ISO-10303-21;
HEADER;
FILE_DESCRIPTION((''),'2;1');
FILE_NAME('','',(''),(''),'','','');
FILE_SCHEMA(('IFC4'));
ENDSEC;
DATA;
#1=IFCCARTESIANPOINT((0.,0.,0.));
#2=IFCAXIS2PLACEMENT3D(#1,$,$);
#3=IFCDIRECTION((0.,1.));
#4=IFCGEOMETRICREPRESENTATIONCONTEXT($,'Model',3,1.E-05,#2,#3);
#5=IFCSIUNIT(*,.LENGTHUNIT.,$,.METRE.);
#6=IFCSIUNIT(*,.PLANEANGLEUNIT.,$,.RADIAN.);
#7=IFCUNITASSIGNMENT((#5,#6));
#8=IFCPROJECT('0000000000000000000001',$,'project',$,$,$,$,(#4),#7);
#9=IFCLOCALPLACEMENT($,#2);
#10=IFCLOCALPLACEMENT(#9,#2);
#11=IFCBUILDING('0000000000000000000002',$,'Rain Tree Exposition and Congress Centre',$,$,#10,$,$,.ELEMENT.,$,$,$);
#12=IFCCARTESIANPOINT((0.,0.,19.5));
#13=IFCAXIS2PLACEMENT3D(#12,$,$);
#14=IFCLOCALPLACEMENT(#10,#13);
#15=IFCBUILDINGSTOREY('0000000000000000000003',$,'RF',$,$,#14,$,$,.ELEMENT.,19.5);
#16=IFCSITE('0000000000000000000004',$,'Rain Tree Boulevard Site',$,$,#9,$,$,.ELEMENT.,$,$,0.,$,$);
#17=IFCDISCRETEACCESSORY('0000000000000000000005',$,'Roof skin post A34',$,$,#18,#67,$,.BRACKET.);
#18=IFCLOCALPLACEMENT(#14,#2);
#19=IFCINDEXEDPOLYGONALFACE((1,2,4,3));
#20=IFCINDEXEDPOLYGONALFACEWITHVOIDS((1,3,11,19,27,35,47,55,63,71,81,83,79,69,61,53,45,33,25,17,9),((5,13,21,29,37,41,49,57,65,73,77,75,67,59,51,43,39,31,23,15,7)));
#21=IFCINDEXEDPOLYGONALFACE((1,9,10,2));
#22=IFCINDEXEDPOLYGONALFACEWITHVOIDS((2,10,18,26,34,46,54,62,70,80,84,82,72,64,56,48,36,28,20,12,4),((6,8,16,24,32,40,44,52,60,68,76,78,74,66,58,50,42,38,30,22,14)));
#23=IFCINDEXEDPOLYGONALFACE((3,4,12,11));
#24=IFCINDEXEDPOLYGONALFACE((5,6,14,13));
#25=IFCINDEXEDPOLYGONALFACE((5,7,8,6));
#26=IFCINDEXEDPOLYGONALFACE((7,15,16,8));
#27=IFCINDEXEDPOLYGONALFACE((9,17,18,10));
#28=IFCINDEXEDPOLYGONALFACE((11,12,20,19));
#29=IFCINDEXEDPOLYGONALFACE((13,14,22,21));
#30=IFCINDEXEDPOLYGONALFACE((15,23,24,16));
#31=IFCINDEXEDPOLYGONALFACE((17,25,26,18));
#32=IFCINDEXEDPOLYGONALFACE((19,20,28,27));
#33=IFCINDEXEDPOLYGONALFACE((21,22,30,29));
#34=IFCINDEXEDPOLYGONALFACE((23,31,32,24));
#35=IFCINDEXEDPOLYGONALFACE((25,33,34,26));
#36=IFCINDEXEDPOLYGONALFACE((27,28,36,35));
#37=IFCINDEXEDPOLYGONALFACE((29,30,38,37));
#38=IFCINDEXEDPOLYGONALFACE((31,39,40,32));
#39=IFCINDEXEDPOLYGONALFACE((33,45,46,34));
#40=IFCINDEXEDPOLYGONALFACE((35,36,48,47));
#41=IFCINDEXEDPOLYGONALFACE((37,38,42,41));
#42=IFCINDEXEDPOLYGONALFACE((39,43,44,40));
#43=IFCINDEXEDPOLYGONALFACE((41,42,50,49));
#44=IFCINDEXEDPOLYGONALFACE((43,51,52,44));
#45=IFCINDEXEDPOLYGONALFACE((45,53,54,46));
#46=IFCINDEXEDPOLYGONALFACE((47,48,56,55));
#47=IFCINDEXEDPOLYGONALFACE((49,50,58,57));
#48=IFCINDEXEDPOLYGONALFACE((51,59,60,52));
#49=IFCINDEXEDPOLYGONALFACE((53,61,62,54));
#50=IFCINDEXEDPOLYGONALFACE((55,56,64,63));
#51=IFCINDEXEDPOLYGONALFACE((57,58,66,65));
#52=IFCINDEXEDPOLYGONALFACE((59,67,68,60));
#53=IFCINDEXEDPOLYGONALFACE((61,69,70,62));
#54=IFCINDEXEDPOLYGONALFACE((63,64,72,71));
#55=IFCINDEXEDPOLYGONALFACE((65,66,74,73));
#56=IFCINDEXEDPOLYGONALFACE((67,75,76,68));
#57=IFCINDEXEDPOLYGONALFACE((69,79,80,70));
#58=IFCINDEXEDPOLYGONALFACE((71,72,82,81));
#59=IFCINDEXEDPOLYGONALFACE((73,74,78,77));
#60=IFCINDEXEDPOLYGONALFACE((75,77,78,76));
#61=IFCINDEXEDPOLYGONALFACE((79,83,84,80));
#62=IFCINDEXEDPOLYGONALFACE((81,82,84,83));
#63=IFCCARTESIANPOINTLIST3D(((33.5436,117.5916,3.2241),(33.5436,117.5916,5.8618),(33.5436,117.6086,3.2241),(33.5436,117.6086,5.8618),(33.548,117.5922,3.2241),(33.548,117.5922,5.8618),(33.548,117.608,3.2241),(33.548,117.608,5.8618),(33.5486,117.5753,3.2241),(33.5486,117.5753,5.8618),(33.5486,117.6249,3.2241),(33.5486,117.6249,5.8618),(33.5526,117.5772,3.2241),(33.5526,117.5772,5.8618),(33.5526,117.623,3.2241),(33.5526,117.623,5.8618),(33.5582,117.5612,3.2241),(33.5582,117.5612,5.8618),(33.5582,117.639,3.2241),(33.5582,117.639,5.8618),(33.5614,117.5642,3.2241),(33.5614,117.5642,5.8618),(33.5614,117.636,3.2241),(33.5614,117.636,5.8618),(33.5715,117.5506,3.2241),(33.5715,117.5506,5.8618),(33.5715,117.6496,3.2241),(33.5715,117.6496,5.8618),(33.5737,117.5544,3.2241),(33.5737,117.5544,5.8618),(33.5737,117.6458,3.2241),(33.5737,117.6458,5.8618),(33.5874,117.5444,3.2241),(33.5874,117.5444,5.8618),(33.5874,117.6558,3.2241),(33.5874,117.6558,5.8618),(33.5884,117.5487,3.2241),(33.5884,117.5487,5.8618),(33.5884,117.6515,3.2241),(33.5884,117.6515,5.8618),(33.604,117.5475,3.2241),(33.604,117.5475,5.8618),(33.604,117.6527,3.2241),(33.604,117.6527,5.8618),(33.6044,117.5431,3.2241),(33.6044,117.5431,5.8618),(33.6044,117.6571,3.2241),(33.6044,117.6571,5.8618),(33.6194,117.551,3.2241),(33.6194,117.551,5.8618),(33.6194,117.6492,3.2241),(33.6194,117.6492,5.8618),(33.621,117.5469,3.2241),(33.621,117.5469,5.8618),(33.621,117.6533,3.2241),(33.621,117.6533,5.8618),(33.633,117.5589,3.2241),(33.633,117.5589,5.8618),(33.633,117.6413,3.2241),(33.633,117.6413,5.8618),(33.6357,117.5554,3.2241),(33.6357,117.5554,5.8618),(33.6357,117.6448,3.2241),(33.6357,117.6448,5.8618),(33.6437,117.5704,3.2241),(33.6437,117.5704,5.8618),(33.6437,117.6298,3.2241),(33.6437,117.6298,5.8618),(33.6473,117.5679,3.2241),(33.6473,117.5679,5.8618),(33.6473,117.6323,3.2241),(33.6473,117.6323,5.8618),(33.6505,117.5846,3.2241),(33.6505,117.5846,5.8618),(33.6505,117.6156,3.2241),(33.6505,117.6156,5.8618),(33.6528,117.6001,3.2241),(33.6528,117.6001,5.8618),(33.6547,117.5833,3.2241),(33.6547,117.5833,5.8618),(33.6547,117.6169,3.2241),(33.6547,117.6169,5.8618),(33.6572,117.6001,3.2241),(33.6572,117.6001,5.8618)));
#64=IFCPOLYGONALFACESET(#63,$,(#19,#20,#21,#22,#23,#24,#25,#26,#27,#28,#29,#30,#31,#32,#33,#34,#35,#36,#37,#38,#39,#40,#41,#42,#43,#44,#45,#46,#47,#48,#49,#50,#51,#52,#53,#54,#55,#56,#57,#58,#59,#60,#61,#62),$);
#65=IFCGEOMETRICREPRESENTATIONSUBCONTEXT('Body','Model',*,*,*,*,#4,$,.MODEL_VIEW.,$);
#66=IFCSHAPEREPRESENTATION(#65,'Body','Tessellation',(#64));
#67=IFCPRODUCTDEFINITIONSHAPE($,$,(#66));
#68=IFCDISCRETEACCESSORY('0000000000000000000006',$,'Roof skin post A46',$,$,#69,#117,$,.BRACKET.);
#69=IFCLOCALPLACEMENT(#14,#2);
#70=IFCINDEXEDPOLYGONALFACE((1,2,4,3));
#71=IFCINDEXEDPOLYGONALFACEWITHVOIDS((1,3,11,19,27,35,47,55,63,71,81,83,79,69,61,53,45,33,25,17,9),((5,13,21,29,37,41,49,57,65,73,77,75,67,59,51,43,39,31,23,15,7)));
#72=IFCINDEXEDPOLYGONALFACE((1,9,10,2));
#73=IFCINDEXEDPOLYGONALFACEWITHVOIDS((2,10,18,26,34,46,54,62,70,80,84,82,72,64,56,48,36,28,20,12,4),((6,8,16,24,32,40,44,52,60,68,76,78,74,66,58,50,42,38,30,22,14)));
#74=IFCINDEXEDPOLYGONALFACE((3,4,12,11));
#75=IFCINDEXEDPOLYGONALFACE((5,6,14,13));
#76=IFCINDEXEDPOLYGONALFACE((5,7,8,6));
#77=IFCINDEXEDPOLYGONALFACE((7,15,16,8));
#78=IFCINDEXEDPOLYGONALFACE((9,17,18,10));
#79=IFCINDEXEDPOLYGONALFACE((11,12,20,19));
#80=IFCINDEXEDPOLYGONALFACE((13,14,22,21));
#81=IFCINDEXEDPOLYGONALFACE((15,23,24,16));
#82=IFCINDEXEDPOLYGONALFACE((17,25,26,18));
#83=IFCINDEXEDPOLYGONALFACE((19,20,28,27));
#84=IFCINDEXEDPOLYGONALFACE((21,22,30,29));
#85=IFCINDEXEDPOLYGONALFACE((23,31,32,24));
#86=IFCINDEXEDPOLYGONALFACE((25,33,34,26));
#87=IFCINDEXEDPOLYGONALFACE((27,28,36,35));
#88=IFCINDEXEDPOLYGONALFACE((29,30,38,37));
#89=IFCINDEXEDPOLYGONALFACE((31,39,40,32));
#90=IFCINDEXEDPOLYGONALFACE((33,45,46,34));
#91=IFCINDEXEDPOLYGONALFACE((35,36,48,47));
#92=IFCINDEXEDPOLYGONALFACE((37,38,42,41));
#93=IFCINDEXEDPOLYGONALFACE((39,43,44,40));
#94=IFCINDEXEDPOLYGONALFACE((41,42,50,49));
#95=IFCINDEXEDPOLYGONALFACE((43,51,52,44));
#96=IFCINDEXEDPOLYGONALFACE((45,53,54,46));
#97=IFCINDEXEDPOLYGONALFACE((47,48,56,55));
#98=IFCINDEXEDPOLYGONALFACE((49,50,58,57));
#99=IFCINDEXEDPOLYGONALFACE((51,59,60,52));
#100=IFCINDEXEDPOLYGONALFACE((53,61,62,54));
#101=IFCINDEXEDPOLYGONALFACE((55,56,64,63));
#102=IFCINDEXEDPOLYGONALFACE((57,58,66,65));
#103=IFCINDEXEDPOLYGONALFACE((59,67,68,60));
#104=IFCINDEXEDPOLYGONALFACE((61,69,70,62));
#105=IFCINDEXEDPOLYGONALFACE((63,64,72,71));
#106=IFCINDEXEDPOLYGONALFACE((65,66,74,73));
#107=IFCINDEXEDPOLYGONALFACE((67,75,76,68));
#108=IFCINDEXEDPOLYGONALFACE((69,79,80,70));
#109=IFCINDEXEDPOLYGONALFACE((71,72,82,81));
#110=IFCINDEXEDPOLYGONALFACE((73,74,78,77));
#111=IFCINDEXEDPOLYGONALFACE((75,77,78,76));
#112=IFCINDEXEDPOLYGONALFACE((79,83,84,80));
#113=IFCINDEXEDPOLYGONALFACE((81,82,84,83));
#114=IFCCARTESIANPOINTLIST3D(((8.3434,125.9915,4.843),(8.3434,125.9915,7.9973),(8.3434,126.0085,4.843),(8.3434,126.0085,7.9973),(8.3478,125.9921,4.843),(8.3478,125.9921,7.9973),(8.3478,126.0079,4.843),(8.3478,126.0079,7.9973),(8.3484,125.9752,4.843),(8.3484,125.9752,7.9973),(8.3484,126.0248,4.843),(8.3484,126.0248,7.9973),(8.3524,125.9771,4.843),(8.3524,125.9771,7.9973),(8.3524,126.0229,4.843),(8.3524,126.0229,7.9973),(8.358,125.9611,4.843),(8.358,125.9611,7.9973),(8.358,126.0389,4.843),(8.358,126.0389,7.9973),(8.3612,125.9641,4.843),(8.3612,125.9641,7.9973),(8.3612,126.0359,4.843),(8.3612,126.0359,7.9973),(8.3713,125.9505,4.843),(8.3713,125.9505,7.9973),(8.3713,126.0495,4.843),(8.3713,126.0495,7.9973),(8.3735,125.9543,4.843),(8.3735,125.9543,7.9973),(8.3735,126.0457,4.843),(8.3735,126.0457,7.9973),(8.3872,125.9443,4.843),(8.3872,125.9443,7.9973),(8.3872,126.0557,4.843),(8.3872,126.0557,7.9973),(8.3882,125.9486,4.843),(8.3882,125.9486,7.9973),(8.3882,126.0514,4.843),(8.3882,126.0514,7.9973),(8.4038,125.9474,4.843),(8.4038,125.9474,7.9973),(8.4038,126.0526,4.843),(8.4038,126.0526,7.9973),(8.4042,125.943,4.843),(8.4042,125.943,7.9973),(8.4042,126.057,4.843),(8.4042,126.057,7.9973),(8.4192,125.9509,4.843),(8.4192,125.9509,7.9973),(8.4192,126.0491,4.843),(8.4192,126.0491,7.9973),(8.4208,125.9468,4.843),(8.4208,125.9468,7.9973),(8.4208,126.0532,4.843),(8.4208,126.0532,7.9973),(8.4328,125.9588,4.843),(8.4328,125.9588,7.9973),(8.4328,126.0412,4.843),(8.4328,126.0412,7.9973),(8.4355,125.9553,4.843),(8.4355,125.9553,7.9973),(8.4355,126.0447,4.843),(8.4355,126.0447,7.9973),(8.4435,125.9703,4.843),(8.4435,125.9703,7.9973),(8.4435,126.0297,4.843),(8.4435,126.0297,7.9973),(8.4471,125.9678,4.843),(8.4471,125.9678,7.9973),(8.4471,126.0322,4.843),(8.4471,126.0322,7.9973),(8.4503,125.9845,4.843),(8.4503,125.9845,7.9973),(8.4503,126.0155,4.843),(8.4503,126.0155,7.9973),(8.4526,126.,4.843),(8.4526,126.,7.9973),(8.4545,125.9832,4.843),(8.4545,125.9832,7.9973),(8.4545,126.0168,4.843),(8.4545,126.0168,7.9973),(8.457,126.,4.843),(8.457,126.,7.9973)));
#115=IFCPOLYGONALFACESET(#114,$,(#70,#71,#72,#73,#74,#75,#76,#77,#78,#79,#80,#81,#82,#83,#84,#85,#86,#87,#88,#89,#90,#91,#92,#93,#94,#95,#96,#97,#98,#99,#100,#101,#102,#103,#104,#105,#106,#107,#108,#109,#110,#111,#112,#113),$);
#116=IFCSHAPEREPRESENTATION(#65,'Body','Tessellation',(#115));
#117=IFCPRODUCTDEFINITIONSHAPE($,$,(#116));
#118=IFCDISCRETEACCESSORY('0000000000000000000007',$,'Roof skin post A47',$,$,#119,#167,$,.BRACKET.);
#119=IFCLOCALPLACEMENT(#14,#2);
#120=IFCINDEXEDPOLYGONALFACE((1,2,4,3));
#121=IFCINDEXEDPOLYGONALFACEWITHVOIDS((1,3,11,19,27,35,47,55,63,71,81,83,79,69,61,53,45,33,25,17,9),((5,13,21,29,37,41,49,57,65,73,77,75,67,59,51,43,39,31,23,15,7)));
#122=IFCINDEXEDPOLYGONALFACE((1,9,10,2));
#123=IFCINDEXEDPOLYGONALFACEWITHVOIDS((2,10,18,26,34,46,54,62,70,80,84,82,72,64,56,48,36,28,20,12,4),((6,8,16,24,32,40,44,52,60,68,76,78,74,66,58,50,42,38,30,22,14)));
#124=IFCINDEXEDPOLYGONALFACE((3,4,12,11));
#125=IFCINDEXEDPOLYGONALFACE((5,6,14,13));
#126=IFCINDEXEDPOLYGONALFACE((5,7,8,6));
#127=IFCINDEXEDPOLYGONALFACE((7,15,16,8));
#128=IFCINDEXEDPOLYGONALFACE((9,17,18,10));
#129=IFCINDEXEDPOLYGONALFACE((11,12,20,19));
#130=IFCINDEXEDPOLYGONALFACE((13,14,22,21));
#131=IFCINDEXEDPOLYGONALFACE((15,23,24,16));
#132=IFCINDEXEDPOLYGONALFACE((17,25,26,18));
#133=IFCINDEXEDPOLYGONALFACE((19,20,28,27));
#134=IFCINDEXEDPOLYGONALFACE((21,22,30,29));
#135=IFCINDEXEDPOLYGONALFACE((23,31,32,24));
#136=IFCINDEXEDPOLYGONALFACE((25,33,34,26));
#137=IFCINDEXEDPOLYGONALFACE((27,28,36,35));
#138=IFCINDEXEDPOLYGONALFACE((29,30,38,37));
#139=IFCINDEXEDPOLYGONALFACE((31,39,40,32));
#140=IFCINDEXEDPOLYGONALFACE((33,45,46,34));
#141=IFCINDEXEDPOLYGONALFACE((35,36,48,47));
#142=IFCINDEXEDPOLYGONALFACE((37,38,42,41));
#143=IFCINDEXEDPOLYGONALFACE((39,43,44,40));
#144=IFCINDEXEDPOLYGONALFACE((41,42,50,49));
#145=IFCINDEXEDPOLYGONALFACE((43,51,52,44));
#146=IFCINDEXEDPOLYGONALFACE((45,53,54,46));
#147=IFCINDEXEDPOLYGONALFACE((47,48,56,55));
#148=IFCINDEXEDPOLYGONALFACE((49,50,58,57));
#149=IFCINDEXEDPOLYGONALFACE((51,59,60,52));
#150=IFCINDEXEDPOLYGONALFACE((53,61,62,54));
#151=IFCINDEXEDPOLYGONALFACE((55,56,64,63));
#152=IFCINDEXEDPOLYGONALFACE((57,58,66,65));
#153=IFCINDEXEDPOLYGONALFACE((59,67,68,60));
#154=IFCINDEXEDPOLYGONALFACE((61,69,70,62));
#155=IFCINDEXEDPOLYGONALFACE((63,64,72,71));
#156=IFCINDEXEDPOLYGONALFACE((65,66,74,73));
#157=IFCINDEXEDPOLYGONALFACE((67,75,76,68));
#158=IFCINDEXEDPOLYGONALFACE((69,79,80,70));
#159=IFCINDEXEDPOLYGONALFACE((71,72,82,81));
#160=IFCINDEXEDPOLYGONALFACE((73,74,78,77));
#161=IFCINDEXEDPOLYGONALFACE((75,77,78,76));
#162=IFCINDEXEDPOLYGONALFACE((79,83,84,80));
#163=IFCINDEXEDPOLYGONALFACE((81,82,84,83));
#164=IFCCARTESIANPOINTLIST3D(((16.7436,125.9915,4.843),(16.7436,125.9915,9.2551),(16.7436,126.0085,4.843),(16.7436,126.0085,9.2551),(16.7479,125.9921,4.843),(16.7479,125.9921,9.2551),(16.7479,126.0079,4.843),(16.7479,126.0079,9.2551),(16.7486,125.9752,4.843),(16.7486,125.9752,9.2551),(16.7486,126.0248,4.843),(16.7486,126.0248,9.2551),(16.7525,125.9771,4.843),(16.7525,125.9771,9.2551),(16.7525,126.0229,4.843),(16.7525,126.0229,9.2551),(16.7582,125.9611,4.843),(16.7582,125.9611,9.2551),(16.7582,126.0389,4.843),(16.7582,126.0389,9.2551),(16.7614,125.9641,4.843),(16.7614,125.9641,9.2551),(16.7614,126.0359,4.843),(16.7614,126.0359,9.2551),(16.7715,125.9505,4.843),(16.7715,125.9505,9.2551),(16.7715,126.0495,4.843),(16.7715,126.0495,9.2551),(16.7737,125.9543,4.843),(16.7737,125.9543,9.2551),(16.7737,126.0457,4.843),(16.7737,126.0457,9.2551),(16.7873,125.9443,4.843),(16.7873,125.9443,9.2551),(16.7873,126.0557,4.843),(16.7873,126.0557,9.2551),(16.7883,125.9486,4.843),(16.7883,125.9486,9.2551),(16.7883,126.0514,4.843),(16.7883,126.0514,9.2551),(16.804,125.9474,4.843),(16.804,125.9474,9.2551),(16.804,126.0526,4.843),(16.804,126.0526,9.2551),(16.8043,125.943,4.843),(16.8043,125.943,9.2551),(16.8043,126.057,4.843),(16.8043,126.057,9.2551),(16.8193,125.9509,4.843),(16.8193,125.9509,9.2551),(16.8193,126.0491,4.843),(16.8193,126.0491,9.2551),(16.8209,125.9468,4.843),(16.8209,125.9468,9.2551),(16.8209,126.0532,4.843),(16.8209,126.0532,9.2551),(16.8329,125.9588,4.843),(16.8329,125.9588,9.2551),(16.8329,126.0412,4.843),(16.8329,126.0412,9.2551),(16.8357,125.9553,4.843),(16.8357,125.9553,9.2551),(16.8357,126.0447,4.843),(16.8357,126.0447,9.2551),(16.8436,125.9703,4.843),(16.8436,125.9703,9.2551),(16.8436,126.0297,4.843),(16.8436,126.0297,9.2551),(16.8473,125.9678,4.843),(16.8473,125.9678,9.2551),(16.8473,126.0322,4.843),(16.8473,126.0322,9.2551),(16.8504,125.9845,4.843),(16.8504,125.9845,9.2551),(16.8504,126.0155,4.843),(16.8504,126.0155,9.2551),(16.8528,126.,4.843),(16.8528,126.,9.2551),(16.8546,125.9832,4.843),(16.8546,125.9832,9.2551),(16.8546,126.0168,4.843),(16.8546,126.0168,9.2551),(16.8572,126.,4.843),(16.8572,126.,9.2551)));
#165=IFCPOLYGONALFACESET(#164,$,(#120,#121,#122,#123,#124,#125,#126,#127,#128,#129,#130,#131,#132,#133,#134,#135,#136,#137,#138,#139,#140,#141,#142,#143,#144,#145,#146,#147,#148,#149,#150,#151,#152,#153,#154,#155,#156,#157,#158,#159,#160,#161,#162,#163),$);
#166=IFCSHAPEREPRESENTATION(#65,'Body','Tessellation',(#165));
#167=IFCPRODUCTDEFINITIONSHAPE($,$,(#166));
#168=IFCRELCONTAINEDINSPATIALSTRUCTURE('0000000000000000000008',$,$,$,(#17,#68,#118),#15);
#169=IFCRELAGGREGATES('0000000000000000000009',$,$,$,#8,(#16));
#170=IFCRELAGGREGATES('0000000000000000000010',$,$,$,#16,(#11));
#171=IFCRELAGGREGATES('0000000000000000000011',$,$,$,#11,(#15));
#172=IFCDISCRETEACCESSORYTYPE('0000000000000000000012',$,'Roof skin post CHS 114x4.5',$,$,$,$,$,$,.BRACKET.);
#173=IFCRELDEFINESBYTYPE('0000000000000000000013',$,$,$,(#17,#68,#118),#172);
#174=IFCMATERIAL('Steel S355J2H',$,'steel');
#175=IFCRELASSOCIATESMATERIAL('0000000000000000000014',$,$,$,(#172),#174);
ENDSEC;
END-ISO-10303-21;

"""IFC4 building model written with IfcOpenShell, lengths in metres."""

from ifc_helpers import new_model, si_unit, direction, frame, origin, origin_2d, place, context, subcontext, project, spatial, hollow_circle, extrude, material, material_profile, profile_set, type_object, element, save


model = new_model("IFC4")

# Units and contexts
model_context = context("Model", 3, precision=1e-05, world=origin(), true_north=direction((0.0, 1.0)))
body_context = subcontext(model_context, "Body", "Model", "MODEL_VIEW")
ifc_project = project(units=[si_unit("LENGTHUNIT", "METRE"), si_unit("PLANEANGLEUNIT", "RADIAN")], contexts=[model_context])

# Site, building, storey
site_placement = place(None, origin())
site = spatial("IfcSite", under=ifc_project, at=site_placement, Name="Rain Tree Boulevard Site", CompositionType="ELEMENT", RefElevation=0.0)
building_placement = place(site_placement, origin())
building = spatial("IfcBuilding", under=site, at=building_placement, Name="Rain Tree Exposition and Congress Centre", CompositionType="ELEMENT")
storey_placement = place(building_placement, frame((0.0, 0.0, 19.5)))
storey = spatial("IfcBuildingStorey", under=building, at=storey_placement, Name="RF", CompositionType="ELEMENT", Elevation=19.5)

# Discrete accessories
ifc_material_1 = material(Name="Steel S355J2H", Category="steel")
ifc_material_profile_1 = material_profile(ifc_material_1, hollow_circle(Radius=0.0571, WallThickness=0.0044, at=origin_2d()), Name="CHS 114x4.5")
ifc_profile_set_1 = profile_set([ifc_material_profile_1], Name="Steel S355J2H")
discrete_accessory_type = type_object("IfcDiscreteAccessoryType", Name="Roof skin post CHS 114x4.5", PredefinedType="BRACKET", material=ifc_profile_set_1)
discrete_accessory_1_placement = place(storey_placement, frame((33.6001, 117.6001, 3.2241), z_axis=(0.0, 0.0, 1.0), x_axis=(1.0, 0.0, 0.0)))
element("IfcDiscreteAccessory", 1, at=discrete_accessory_1_placement, inside=storey, type_object=discrete_accessory_type, Name="Roof skin post A34", PredefinedType="BRACKET", context=body_context, shape_type="SweptSolid", body=[
    extrude(hollow_circle(Radius=0.0571, WallThickness=0.0044, at=origin_2d()), origin(), (0.0, 0.0, 1.0), 2.6377),
])
discrete_accessory_2_placement = place(storey_placement, frame((8.3999, 126.0, 4.843), z_axis=(0.0, 0.0, 1.0), x_axis=(1.0, 0.0, 0.0)))
element("IfcDiscreteAccessory", 2, at=discrete_accessory_2_placement, inside=storey, type_object=discrete_accessory_type, Name="Roof skin post A46", PredefinedType="BRACKET", context=body_context, shape_type="SweptSolid", body=[
    extrude(hollow_circle(Radius=0.0571, WallThickness=0.0044, at=origin_2d()), origin(), (0.0, 0.0, 1.0), 3.1543),
])
discrete_accessory_3_placement = place(storey_placement, frame((16.8, 126.0, 4.843), z_axis=(0.0, 0.0, 1.0), x_axis=(1.0, 0.0, 0.0)))
element("IfcDiscreteAccessory", 3, at=discrete_accessory_3_placement, inside=storey, type_object=discrete_accessory_type, Name="Roof skin post A47", PredefinedType="BRACKET", context=body_context, shape_type="SweptSolid", body=[
    extrude(hollow_circle(Radius=0.0571, WallThickness=0.0044, at=origin_2d()), origin(), (0.0, 0.0, 1.0), 4.4121),
])

save(model, "model.ifc")
